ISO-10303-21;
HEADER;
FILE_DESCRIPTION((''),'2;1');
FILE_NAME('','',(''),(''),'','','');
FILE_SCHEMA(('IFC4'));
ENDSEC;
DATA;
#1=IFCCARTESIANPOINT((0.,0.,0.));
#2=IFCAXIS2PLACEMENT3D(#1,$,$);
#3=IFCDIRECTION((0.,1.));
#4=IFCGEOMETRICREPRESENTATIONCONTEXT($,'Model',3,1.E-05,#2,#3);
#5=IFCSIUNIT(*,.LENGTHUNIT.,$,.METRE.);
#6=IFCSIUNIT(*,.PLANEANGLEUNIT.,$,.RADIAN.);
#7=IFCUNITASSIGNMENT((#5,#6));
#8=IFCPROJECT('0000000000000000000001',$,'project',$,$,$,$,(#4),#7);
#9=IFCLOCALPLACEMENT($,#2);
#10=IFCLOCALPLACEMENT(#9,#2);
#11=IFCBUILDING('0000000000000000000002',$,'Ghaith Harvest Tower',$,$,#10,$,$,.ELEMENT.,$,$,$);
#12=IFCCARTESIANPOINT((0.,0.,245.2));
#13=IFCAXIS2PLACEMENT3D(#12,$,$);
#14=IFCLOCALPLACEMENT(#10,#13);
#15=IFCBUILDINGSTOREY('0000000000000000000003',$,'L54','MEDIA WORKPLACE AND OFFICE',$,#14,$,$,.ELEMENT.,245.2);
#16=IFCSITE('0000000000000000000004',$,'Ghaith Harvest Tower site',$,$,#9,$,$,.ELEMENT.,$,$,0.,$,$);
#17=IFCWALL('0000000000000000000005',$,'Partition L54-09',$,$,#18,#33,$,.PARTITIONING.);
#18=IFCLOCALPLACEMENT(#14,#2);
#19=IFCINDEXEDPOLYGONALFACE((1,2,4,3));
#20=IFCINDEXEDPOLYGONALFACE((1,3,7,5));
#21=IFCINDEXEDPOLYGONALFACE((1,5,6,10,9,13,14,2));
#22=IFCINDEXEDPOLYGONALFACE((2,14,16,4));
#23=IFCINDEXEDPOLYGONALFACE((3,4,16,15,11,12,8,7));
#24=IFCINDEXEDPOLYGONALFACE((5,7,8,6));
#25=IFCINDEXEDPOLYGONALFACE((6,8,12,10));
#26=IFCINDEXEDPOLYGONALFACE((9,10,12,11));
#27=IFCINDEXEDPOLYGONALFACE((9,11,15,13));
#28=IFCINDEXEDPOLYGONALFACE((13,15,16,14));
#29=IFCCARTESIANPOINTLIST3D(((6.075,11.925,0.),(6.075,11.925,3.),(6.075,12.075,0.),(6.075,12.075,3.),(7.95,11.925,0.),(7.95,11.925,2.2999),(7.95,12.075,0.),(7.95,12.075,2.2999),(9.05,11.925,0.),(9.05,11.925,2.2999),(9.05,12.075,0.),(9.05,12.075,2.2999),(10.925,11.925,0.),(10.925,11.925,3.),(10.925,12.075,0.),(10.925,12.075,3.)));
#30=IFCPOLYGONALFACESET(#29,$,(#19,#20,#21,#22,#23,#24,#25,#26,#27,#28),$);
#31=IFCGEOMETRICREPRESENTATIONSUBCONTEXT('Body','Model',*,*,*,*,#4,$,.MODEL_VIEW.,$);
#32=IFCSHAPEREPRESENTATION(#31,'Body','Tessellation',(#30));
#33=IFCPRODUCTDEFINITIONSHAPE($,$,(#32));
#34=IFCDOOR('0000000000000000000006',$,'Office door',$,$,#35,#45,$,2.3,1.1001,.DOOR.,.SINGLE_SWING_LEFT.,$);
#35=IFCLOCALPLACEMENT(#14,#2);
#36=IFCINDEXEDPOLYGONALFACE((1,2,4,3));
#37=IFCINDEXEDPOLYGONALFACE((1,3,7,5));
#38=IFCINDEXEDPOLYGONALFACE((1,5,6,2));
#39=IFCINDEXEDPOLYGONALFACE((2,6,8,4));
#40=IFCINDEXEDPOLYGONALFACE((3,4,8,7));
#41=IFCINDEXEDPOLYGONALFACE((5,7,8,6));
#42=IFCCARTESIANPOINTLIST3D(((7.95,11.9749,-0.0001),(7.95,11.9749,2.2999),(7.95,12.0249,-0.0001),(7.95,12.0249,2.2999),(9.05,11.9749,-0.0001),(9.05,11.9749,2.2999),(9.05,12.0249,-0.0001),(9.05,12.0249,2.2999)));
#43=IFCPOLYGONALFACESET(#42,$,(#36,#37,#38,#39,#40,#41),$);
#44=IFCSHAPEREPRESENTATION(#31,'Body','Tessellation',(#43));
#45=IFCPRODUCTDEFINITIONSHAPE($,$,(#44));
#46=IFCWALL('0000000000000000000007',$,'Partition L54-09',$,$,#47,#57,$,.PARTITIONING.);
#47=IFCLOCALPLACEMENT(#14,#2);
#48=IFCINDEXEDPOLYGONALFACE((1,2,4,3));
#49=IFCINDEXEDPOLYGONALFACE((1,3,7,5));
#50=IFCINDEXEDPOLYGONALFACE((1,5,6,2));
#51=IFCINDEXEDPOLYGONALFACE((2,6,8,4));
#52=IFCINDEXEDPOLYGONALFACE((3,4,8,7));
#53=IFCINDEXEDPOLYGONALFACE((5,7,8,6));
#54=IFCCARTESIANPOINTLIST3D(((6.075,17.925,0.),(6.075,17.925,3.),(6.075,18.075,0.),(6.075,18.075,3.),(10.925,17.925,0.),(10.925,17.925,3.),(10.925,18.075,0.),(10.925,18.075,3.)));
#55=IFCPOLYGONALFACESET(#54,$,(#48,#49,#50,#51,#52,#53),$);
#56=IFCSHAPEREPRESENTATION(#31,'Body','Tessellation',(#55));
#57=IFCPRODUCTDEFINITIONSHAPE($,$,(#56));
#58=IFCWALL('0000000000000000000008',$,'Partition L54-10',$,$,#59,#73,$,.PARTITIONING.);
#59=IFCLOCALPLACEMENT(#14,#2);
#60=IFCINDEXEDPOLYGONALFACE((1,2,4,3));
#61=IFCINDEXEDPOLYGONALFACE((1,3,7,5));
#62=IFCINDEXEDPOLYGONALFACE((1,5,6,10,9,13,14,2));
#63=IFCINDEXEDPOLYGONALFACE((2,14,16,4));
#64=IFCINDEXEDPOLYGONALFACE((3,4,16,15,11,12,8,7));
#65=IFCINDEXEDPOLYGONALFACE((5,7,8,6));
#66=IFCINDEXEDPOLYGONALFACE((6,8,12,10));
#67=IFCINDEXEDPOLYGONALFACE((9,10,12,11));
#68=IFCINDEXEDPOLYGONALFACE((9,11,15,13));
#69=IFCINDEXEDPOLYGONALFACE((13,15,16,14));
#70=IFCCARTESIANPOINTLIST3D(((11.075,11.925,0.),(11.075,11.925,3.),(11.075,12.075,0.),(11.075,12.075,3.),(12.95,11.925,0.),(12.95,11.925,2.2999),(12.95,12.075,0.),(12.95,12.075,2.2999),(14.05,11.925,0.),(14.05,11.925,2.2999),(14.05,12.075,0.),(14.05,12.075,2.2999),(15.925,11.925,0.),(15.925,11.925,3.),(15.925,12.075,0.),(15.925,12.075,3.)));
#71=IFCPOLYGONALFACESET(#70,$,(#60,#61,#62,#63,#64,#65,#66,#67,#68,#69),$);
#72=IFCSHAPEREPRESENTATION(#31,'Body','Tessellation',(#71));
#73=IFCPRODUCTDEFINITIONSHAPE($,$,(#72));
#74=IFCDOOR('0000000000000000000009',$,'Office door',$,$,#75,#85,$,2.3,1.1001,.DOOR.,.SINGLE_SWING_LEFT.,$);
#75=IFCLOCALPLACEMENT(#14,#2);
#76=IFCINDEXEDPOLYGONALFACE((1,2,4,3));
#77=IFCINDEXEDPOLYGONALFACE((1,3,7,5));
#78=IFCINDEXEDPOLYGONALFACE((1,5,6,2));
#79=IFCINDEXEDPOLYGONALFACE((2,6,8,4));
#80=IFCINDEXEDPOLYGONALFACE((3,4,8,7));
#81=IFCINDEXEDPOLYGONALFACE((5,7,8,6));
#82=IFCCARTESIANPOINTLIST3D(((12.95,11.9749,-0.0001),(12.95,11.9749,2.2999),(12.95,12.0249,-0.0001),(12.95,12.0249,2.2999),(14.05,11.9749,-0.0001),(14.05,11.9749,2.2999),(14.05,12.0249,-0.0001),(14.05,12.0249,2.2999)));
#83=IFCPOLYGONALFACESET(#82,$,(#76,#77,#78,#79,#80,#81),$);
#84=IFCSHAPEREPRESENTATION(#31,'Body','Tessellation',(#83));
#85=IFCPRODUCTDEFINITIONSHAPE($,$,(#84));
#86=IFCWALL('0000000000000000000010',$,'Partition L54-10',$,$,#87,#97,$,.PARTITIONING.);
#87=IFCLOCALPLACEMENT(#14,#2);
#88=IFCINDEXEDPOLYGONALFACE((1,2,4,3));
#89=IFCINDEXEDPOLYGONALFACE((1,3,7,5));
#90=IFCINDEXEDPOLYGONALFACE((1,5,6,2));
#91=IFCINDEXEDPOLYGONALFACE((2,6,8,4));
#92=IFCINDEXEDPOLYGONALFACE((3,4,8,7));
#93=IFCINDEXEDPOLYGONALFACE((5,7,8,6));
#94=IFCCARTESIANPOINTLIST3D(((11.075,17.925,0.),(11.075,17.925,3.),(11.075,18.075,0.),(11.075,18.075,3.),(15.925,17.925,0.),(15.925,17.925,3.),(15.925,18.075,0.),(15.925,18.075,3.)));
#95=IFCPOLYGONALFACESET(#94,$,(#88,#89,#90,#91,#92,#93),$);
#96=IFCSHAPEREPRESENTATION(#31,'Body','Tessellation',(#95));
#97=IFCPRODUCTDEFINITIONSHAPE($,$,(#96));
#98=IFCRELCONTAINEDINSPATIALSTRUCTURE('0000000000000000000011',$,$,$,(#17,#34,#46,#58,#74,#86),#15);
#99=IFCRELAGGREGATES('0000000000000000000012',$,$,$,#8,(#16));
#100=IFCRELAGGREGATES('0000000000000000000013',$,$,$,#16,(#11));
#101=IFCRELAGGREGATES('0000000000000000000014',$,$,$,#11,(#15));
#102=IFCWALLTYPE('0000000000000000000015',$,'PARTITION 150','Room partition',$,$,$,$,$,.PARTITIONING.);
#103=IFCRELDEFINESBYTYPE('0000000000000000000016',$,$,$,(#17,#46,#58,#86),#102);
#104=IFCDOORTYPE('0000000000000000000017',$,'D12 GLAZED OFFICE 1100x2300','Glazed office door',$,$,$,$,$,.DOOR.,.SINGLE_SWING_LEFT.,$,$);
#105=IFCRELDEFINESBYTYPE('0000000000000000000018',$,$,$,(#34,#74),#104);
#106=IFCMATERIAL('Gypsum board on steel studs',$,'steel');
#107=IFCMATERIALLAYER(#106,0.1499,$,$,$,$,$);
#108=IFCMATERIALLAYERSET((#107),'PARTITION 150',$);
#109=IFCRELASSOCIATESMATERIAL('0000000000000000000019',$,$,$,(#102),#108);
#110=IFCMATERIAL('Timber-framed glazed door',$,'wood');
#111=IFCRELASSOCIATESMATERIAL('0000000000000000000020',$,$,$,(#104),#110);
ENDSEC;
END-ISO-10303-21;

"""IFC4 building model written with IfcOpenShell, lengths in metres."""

from ifc_helpers import new_model, si_unit, direction, frame, frame_2d, origin, place, context, subcontext, project, spatial, rectangle, extrude, material, layer, layer_set, type_object, element, fill, save


model = new_model("IFC4")

# Units and contexts
model_context = context("Model", 3, precision=1e-05, world=origin(), true_north=direction((0.0, 1.0)))
body_context = subcontext(model_context, "Body", "Model", "MODEL_VIEW")
ifc_project = project(units=[si_unit("LENGTHUNIT", "METRE"), si_unit("PLANEANGLEUNIT", "RADIAN")], contexts=[model_context])

# Site, building, storey
site_placement = place(None, origin())
site = spatial("IfcSite", under=ifc_project, at=site_placement, Name="Ghaith Harvest Tower site", CompositionType="ELEMENT", RefElevation=0.0)
building_placement = place(site_placement, origin())
building = spatial("IfcBuilding", under=site, at=building_placement, Name="Ghaith Harvest Tower", CompositionType="ELEMENT")
storey_placement = place(building_placement, frame((0.0, 0.0, 245.2)))
storey = spatial("IfcBuildingStorey", under=building, at=storey_placement, Name="L54", Description="MEDIA WORKPLACE AND OFFICE", CompositionType="ELEMENT", Elevation=245.2)

# Shared definitions
ifc_material_1 = material(Name="Gypsum board on steel studs", Category="steel")
ifc_layer_1 = layer(ifc_material_1, 0.1499)
ifc_layer_set_1 = layer_set([ifc_layer_1], Name="PARTITION 150")
wall_type = type_object("IfcWallType", Name="PARTITION 150", Description="Room partition", PredefinedType="PARTITIONING", material=ifc_layer_set_1)

# Shared definitions
ifc_material_2 = material(Name="Timber-framed glazed door", Category="wood")
door_type = type_object("IfcDoorType", Name="D12 GLAZED OFFICE 1100x2300", Description="Glazed office door", OperationType="SINGLE_SWING_LEFT", PredefinedType="DOOR", material=ifc_material_2)

# Wall, opening, door
wall_1_placement = place(storey_placement, frame((6.075, 12.0, 0.0), z_axis=(0.0, 0.0, 1.0), x_axis=(1.0, 0.0, 0.0)))
wall_1 = element("IfcWall", 1, at=wall_1_placement, inside=storey, type_object=wall_type, Name="Partition L54-09", PredefinedType="PARTITIONING", context=body_context, shape_type="SweptSolid", body=[
    extrude(rectangle(XDim=4.8501, YDim=0.1499, at=frame_2d((2.425, 0.0))), origin(), (0.0, 0.0, 1.0), 3.0),
])
opening_1_placement = place(wall_1_placement, frame((1.875, 0.0, 0.0)))
opening_1 = element("IfcOpeningElement", 2, at=opening_1_placement, cuts=wall_1, PredefinedType="OPENING", context=body_context, shape_type="SweptSolid", body=[
    extrude(rectangle(XDim=1.1001, YDim=2.3, at=frame_2d((0.55, 1.1499))), frame((0.0, 0.085, 0.0), z_axis=(0.0, -1.0, 0.0), x_axis=(1.0, 0.0, 0.0)), (0.0, 0.0, 1.0), 0.1699),
])
door_1_placement = place(opening_1_placement, origin())
door_1 = element("IfcDoor", 3, at=door_1_placement, inside=storey, type_object=door_type, Name="Office door", OperationType="SINGLE_SWING_LEFT", OverallHeight=2.3, OverallWidth=1.1001, PredefinedType="DOOR", context=body_context, shape_type="SweptSolid", body=[
    extrude(rectangle(XDim=1.1001, YDim=2.3, at=frame_2d((0.55, 1.1499))), frame((0.0, 0.0249, 0.0), z_axis=(0.0, -1.0, 0.0), x_axis=(1.0, 0.0, 0.0)), (0.0, 0.0, 1.0), 0.05),
])
fill(opening_1, door_1)

# Wall
wall_2_placement = place(storey_placement, frame((6.075, 18.0, 0.0), z_axis=(0.0, 0.0, 1.0), x_axis=(1.0, 0.0, 0.0)))
element("IfcWall", 4, at=wall_2_placement, inside=storey, type_object=wall_type, Name="Partition L54-09", PredefinedType="PARTITIONING", context=body_context, shape_type="SweptSolid", body=[
    extrude(rectangle(XDim=4.8501, YDim=0.1499, at=frame_2d((2.425, 0.0))), origin(), (0.0, 0.0, 1.0), 3.0),
])

# Wall, opening, door
wall_3_placement = place(storey_placement, frame((11.075, 12.0, 0.0), z_axis=(0.0, 0.0, 1.0), x_axis=(1.0, 0.0, 0.0)))
wall_3 = element("IfcWall", 5, at=wall_3_placement, inside=storey, type_object=wall_type, Name="Partition L54-10", PredefinedType="PARTITIONING", context=body_context, shape_type="SweptSolid", body=[
    extrude(rectangle(XDim=4.8501, YDim=0.1499, at=frame_2d((2.425, 0.0))), origin(), (0.0, 0.0, 1.0), 3.0),
])
opening_2_placement = place(wall_3_placement, frame((1.875, 0.0, 0.0)))
opening_2 = element("IfcOpeningElement", 6, at=opening_2_placement, cuts=wall_3, PredefinedType="OPENING", context=body_context, shape_type="SweptSolid", body=[
    extrude(rectangle(XDim=1.1001, YDim=2.3, at=frame_2d((0.55, 1.1499))), frame((0.0, 0.085, 0.0), z_axis=(0.0, -1.0, 0.0), x_axis=(1.0, 0.0, 0.0)), (0.0, 0.0, 1.0), 0.1699),
])
door_2_placement = place(opening_2_placement, origin())
door_2 = element("IfcDoor", 7, at=door_2_placement, inside=storey, type_object=door_type, Name="Office door", OperationType="SINGLE_SWING_LEFT", OverallHeight=2.3, OverallWidth=1.1001, PredefinedType="DOOR", context=body_context, shape_type="SweptSolid", body=[
    extrude(rectangle(XDim=1.1001, YDim=2.3, at=frame_2d((0.55, 1.1499))), frame((0.0, 0.0249, 0.0), z_axis=(0.0, -1.0, 0.0), x_axis=(1.0, 0.0, 0.0)), (0.0, 0.0, 1.0), 0.05),
])
fill(opening_2, door_2)

# Wall
wall_4_placement = place(storey_placement, frame((11.075, 18.0, 0.0), z_axis=(0.0, 0.0, 1.0), x_axis=(1.0, 0.0, 0.0)))
element("IfcWall", 8, at=wall_4_placement, inside=storey, type_object=wall_type, Name="Partition L54-10", PredefinedType="PARTITIONING", context=body_context, shape_type="SweptSolid", body=[
    extrude(rectangle(XDim=4.8501, YDim=0.1499, at=frame_2d((2.425, 0.0))), origin(), (0.0, 0.0, 1.0), 3.0),
])

save(model, "model.ifc")
